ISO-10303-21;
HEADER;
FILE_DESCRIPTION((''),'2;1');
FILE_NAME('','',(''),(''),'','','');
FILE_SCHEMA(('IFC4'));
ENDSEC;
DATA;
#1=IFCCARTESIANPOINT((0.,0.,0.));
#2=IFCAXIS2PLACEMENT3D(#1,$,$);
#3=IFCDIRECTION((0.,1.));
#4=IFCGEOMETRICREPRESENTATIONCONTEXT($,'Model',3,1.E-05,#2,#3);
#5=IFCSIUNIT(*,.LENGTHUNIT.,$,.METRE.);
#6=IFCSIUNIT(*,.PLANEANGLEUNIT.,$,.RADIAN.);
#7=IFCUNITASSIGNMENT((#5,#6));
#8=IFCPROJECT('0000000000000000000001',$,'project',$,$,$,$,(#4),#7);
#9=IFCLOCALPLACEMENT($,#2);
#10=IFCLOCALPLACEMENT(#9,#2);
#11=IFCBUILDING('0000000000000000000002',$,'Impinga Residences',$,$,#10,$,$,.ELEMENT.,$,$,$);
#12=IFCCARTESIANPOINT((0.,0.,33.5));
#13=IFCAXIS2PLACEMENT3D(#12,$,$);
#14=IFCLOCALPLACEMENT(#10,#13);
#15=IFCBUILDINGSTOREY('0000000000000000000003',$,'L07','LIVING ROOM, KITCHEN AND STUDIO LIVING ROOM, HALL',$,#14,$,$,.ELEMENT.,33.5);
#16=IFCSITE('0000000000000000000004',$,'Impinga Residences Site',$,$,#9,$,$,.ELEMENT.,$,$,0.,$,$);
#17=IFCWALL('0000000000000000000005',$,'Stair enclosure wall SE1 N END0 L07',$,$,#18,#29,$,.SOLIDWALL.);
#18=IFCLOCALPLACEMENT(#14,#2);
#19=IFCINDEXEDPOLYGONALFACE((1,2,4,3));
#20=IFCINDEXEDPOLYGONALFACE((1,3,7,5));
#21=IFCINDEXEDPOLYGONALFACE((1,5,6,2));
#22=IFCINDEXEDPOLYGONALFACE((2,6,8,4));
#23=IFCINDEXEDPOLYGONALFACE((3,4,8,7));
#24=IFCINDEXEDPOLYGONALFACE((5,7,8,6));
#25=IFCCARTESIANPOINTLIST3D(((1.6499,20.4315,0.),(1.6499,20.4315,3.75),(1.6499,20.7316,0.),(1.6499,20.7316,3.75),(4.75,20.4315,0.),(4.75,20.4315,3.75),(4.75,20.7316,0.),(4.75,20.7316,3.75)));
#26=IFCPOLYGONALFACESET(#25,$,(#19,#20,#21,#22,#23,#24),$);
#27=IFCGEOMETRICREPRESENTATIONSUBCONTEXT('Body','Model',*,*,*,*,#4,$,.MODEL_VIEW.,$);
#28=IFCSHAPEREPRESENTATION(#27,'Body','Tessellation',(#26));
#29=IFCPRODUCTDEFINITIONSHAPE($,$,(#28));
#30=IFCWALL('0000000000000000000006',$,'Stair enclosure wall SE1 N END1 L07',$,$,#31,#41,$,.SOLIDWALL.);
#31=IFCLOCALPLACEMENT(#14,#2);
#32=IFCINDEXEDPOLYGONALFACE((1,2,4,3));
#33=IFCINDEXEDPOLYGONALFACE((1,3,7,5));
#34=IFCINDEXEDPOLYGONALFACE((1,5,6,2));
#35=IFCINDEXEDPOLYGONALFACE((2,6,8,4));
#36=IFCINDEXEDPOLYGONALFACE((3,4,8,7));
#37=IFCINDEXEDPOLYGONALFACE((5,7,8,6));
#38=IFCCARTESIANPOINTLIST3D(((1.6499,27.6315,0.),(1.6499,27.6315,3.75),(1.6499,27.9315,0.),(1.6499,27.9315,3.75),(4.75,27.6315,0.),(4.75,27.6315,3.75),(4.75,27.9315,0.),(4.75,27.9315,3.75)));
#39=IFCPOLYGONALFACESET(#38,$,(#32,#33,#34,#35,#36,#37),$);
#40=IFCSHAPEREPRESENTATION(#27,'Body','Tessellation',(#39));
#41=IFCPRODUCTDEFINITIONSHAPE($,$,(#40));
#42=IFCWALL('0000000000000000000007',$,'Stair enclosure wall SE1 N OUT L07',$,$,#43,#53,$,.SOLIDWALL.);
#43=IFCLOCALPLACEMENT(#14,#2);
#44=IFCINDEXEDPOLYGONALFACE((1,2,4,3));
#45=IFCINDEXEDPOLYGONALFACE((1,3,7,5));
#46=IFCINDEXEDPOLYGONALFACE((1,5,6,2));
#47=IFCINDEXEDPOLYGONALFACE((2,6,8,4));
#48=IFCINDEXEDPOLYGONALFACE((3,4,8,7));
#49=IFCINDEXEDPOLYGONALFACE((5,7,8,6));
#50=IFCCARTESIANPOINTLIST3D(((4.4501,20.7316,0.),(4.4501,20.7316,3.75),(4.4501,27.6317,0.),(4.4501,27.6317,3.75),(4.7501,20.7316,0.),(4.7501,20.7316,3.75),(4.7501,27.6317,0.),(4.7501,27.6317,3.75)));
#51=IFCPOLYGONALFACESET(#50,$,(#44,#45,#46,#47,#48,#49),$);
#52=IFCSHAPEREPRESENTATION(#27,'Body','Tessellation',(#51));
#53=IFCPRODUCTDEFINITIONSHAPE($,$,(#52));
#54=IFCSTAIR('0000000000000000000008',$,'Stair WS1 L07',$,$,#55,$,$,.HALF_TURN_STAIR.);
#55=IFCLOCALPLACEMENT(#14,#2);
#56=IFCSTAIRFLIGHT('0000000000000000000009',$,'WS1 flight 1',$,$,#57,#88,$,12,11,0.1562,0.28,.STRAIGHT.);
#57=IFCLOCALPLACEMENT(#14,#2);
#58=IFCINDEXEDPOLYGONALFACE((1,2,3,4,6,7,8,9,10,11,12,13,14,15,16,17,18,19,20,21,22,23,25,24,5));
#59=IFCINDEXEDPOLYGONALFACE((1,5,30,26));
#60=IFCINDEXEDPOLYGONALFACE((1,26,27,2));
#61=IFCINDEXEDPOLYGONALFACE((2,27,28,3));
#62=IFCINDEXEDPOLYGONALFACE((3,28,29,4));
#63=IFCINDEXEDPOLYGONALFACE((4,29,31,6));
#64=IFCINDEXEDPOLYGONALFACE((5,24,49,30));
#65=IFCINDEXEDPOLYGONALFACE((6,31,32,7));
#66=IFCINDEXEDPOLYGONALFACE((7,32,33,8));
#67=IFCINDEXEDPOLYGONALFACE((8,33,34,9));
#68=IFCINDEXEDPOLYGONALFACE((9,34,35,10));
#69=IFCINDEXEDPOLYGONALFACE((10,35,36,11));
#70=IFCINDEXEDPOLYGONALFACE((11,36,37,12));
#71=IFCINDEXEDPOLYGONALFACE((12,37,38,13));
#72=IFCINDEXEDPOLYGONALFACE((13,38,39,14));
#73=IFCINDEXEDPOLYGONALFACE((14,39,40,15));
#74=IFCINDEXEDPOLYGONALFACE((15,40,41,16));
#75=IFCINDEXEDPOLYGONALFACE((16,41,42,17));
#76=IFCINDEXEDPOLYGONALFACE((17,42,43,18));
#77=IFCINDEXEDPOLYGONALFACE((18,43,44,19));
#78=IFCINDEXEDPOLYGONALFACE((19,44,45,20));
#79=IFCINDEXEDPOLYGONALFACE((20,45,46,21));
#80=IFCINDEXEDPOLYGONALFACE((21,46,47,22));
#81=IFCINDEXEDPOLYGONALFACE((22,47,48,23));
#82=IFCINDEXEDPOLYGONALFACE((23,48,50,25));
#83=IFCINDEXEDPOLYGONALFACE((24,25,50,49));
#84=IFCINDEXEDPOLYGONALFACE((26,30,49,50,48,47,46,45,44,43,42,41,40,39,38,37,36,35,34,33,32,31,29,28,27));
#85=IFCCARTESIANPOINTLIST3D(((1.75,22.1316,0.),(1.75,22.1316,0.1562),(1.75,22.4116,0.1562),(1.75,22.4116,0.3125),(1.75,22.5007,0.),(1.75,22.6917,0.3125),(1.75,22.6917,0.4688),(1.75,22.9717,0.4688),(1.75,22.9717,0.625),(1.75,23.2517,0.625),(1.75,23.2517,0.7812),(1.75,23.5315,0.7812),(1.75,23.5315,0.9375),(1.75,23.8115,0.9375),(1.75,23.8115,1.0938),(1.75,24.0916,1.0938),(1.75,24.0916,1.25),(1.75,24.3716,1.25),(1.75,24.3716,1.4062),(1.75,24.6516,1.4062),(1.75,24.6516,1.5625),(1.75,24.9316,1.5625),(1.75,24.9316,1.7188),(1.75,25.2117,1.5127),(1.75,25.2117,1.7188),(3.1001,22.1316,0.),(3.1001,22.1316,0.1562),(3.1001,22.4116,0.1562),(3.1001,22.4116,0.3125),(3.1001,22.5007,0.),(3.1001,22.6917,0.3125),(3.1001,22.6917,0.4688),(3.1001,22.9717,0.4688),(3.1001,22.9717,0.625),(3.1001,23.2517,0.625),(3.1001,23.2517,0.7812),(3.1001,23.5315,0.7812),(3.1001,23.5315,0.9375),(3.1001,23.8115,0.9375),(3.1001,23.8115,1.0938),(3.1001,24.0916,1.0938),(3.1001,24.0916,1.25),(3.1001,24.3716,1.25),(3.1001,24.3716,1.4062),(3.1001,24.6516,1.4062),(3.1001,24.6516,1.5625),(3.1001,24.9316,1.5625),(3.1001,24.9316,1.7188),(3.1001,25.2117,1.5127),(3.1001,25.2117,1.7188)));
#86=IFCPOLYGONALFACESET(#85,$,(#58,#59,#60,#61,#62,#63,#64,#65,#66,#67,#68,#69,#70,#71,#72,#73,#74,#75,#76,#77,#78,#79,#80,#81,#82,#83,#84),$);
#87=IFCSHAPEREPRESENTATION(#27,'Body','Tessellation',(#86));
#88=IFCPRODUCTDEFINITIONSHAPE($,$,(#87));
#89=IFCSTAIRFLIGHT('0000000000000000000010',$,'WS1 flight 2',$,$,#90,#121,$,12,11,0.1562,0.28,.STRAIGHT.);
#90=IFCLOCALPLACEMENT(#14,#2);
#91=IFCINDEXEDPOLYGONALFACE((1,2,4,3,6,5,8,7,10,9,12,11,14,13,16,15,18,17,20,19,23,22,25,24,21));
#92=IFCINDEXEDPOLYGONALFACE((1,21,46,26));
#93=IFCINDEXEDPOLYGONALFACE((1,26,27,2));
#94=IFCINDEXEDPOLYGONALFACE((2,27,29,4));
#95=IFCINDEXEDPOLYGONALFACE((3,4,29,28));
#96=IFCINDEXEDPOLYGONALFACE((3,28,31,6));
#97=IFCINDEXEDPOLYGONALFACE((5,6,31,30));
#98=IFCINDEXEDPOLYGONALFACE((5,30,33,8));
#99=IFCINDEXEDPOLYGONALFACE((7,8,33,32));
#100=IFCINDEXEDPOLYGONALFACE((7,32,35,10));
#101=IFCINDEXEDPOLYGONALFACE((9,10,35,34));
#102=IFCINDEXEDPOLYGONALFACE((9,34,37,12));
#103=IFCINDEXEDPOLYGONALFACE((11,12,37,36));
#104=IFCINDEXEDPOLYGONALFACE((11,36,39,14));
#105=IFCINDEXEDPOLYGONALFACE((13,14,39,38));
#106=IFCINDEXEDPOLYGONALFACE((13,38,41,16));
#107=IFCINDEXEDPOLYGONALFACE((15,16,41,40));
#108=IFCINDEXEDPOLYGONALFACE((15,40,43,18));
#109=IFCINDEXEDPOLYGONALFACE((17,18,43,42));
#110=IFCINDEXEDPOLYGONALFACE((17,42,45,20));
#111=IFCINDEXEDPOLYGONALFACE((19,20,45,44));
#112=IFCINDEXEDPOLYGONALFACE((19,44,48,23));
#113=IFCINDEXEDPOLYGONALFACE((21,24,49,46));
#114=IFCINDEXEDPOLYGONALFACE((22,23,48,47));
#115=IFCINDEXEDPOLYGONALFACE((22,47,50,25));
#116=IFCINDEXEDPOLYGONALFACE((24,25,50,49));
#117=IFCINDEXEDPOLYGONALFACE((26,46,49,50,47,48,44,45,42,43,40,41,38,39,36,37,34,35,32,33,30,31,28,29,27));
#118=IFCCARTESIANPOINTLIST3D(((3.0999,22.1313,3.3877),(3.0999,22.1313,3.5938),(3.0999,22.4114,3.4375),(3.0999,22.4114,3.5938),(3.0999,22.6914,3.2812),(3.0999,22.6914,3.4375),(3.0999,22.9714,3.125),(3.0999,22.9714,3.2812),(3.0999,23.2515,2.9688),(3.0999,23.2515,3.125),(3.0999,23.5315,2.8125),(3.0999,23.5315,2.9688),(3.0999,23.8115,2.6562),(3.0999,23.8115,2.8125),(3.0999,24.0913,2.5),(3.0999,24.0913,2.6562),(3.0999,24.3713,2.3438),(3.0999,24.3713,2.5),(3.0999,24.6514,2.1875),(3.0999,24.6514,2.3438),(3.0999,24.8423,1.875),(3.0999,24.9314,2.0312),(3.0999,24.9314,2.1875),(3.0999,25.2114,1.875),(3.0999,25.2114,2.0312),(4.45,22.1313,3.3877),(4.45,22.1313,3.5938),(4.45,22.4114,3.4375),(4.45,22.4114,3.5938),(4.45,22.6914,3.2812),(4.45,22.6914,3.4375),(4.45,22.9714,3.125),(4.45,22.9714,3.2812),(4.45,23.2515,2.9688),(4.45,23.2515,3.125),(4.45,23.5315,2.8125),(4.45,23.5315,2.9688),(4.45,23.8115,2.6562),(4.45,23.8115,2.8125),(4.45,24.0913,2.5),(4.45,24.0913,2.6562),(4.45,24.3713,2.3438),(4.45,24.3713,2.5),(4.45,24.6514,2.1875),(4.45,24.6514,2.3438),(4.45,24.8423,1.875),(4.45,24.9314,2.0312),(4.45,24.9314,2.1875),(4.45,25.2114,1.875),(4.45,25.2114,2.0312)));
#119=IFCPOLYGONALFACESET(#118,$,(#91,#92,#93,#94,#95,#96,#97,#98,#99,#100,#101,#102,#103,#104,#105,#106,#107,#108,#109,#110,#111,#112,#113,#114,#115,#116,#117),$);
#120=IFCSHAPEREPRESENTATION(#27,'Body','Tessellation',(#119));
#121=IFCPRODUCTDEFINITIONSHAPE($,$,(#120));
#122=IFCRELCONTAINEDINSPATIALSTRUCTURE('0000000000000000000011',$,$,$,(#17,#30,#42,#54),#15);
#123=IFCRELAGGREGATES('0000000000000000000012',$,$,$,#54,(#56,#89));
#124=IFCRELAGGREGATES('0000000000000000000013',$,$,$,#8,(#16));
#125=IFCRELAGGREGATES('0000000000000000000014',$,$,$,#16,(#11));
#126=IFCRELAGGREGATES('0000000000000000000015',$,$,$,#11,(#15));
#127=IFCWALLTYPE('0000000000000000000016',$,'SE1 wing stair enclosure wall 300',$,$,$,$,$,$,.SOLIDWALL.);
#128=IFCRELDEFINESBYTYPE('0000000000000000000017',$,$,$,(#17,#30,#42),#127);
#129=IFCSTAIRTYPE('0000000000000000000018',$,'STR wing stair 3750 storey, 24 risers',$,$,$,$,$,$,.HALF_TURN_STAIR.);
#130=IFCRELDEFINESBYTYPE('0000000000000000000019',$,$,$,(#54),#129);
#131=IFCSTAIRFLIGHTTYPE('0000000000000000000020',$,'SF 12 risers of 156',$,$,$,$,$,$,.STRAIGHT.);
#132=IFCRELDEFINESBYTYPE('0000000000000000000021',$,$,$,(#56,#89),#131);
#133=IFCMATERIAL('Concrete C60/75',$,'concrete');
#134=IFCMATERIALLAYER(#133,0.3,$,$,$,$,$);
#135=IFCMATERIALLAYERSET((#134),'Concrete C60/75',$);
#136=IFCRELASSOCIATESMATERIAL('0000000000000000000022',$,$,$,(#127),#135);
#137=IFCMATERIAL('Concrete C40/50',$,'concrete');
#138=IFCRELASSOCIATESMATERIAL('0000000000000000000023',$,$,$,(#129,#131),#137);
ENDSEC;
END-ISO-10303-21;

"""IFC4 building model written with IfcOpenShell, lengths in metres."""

from ifc_helpers import new_model, si_unit, direction, frame, frame_2d, origin, place, context, subcontext, project, spatial, polyline, rectangle, outline, extrude, material, layer, layer_set, type_object, element, aggregate, save


model = new_model("IFC4")

# Units and contexts
model_context = context("Model", 3, precision=1e-05, world=origin(), true_north=direction((0.0, 1.0)))
body_context = subcontext(model_context, "Body", "Model", "MODEL_VIEW")
ifc_project = project(units=[si_unit("LENGTHUNIT", "METRE"), si_unit("PLANEANGLEUNIT", "RADIAN")], contexts=[model_context])

# Site, building, storey
site_placement = place(None, origin())
site = spatial("IfcSite", under=ifc_project, at=site_placement, Name="Impinga Residences Site", CompositionType="ELEMENT", RefElevation=0.0)
building_placement = place(site_placement, origin())
building = spatial("IfcBuilding", under=site, at=building_placement, Name="Impinga Residences", CompositionType="ELEMENT")
storey_placement = place(building_placement, frame((0.0, 0.0, 33.5)))
storey = spatial("IfcBuildingStorey", under=building, at=storey_placement, Name="L07", Description="LIVING ROOM, KITCHEN AND STUDIO LIVING ROOM, HALL", CompositionType="ELEMENT", Elevation=33.5)

# Shared definitions
ifc_material_1 = material(Name="Concrete C60/75", Category="concrete")

# Walls
ifc_layer_1 = layer(ifc_material_1, 0.3)
ifc_layer_set_1 = layer_set([ifc_layer_1], Name="Concrete C60/75")
wall_type_1 = type_object("IfcWallType", Name="SE1 wing stair enclosure wall 300", PredefinedType="SOLIDWALL", material=ifc_layer_set_1)
for number, where, z_axis, x_axis, name in (
    (1, (1.6499, 20.5815, 0.0), (0.0, 0.0, 1.0), (1.0, 0.0, 0.0), "Stair enclosure wall SE1 N END0 L07"),
    (2, (1.6499, 27.7815, 0.0), (0.0, 0.0, 1.0), (1.0, 0.0, 0.0), "Stair enclosure wall SE1 N END1 L07"),
):
    element("IfcWall", number, at=place(storey_placement, frame(where, z_axis=z_axis, x_axis=x_axis)), inside=storey, type_object=wall_type_1, Name=name, PredefinedType="SOLIDWALL", context=body_context, shape_type="SweptSolid", body=[
        extrude(rectangle(XDim=3.1001, YDim=0.3, at=frame_2d((1.55, 0.0))), origin(), (0.0, 0.0, 1.0), 3.75),
    ])
wall_1_placement = place(storey_placement, frame((4.6001, 20.7314, 0.0), z_axis=(0.0, 0.0, 1.0), x_axis=(0.0, 1.0, 0.0)))
element("IfcWall", 3, at=wall_1_placement, inside=storey, type_object=wall_type_1, Name="Stair enclosure wall SE1 N OUT L07", PredefinedType="SOLIDWALL", context=body_context, shape_type="SweptSolid", body=[
    extrude(rectangle(XDim=6.9001, YDim=0.3, at=frame_2d((3.4502, 0.0))), origin(), (0.0, 0.0, 1.0), 3.75),
])

# Stair, stair flights
ifc_material_2 = material(Name="Concrete C40/50", Category="concrete")
stair_type = type_object("IfcStairType", Name="STR wing stair 3750 storey, 24 risers", PredefinedType="HALF_TURN_STAIR", material=ifc_material_2)
stair_placement = place(storey_placement, origin())
stair = element("IfcStair", 4, at=stair_placement, inside=storey, type_object=stair_type, Name="Stair WS1 L07", PredefinedType="HALF_TURN_STAIR")
stair_flight_type = type_object("IfcStairFlightType", Name="SF 12 risers of 156", PredefinedType="STRAIGHT", material=ifc_material_2)
stair_flight_1_placement = place(storey_placement, frame((2.425, 22.1316, 0.0), z_axis=(0.0, 0.0, 1.0), x_axis=(0.0, 1.0, 0.0)))
stair_flight_1 = element("IfcStairFlight", 5, at=stair_flight_1_placement, type_object=stair_flight_type, Name="WS1 flight 1", NumberOfRisers=12, NumberOfTreads=11, PredefinedType="STRAIGHT", RiserHeight=0.1562, TreadLength=0.28, context=body_context, shape_type="SweptSolid", body=[
    extrude(outline(polyline([(0.0, 0.0), (0.0, 0.1562), (0.28, 0.1562), (0.28, 0.3125), (0.5601, 0.3125), (0.5601, 0.4688), (0.8401, 0.4688), (0.8401, 0.625), (1.1201, 0.625), (1.1201, 0.7812), (1.3999, 0.7812), (1.3999, 0.9375), (1.6799, 0.9375), (1.6799, 1.0938), (1.96, 1.0938), (1.96, 1.25), (2.24, 1.25), (2.24, 1.4062), (2.52, 1.4062), (2.52, 1.5625), (2.8, 1.5625), (2.8, 1.7188), (3.0801, 1.7188), (3.0801, 1.875), (3.0801, 1.5127), (0.3691, 0.0), (0.0, 0.0)])), frame((0.0, 0.675, 0.0), z_axis=(0.0, -1.0, 0.0), x_axis=(1.0, 0.0, 0.0)), (0.0, 0.0, 1.0), 1.3501),
])
stair_flight_2_placement = place(storey_placement, frame((3.7749, 25.2114, 1.875), z_axis=(0.0, 0.0, 1.0), x_axis=(0.0, -1.0, 0.0)))
stair_flight_2 = element("IfcStairFlight", 6, at=stair_flight_2_placement, type_object=stair_flight_type, Name="WS1 flight 2", NumberOfRisers=12, NumberOfTreads=11, PredefinedType="STRAIGHT", RiserHeight=0.1562, TreadLength=0.28, context=body_context, shape_type="SweptSolid", body=[
    extrude(outline(polyline([(0.0, 0.0), (0.0, 0.1562), (0.28, 0.1562), (0.28, 0.3125), (0.5601, 0.3125), (0.5601, 0.4688), (0.8401, 0.4688), (0.8401, 0.625), (1.1201, 0.625), (1.1201, 0.7812), (1.3999, 0.7812), (1.3999, 0.9375), (1.6799, 0.9375), (1.6799, 1.0938), (1.96, 1.0938), (1.96, 1.25), (2.24, 1.25), (2.24, 1.4062), (2.52, 1.4062), (2.52, 1.5625), (2.8, 1.5625), (2.8, 1.7188), (3.0801, 1.7188), (3.0801, 1.875), (3.0801, 1.5127), (0.3691, 0.0), (0.0, 0.0)])), frame((0.0, 0.675, 0.0), z_axis=(0.0, -1.0, 0.0), x_axis=(1.0, 0.0, 0.0)), (0.0, 0.0, 1.0), 1.3501),
])
aggregate(stair, [stair_flight_1, stair_flight_2])

save(model, "model.ifc")
